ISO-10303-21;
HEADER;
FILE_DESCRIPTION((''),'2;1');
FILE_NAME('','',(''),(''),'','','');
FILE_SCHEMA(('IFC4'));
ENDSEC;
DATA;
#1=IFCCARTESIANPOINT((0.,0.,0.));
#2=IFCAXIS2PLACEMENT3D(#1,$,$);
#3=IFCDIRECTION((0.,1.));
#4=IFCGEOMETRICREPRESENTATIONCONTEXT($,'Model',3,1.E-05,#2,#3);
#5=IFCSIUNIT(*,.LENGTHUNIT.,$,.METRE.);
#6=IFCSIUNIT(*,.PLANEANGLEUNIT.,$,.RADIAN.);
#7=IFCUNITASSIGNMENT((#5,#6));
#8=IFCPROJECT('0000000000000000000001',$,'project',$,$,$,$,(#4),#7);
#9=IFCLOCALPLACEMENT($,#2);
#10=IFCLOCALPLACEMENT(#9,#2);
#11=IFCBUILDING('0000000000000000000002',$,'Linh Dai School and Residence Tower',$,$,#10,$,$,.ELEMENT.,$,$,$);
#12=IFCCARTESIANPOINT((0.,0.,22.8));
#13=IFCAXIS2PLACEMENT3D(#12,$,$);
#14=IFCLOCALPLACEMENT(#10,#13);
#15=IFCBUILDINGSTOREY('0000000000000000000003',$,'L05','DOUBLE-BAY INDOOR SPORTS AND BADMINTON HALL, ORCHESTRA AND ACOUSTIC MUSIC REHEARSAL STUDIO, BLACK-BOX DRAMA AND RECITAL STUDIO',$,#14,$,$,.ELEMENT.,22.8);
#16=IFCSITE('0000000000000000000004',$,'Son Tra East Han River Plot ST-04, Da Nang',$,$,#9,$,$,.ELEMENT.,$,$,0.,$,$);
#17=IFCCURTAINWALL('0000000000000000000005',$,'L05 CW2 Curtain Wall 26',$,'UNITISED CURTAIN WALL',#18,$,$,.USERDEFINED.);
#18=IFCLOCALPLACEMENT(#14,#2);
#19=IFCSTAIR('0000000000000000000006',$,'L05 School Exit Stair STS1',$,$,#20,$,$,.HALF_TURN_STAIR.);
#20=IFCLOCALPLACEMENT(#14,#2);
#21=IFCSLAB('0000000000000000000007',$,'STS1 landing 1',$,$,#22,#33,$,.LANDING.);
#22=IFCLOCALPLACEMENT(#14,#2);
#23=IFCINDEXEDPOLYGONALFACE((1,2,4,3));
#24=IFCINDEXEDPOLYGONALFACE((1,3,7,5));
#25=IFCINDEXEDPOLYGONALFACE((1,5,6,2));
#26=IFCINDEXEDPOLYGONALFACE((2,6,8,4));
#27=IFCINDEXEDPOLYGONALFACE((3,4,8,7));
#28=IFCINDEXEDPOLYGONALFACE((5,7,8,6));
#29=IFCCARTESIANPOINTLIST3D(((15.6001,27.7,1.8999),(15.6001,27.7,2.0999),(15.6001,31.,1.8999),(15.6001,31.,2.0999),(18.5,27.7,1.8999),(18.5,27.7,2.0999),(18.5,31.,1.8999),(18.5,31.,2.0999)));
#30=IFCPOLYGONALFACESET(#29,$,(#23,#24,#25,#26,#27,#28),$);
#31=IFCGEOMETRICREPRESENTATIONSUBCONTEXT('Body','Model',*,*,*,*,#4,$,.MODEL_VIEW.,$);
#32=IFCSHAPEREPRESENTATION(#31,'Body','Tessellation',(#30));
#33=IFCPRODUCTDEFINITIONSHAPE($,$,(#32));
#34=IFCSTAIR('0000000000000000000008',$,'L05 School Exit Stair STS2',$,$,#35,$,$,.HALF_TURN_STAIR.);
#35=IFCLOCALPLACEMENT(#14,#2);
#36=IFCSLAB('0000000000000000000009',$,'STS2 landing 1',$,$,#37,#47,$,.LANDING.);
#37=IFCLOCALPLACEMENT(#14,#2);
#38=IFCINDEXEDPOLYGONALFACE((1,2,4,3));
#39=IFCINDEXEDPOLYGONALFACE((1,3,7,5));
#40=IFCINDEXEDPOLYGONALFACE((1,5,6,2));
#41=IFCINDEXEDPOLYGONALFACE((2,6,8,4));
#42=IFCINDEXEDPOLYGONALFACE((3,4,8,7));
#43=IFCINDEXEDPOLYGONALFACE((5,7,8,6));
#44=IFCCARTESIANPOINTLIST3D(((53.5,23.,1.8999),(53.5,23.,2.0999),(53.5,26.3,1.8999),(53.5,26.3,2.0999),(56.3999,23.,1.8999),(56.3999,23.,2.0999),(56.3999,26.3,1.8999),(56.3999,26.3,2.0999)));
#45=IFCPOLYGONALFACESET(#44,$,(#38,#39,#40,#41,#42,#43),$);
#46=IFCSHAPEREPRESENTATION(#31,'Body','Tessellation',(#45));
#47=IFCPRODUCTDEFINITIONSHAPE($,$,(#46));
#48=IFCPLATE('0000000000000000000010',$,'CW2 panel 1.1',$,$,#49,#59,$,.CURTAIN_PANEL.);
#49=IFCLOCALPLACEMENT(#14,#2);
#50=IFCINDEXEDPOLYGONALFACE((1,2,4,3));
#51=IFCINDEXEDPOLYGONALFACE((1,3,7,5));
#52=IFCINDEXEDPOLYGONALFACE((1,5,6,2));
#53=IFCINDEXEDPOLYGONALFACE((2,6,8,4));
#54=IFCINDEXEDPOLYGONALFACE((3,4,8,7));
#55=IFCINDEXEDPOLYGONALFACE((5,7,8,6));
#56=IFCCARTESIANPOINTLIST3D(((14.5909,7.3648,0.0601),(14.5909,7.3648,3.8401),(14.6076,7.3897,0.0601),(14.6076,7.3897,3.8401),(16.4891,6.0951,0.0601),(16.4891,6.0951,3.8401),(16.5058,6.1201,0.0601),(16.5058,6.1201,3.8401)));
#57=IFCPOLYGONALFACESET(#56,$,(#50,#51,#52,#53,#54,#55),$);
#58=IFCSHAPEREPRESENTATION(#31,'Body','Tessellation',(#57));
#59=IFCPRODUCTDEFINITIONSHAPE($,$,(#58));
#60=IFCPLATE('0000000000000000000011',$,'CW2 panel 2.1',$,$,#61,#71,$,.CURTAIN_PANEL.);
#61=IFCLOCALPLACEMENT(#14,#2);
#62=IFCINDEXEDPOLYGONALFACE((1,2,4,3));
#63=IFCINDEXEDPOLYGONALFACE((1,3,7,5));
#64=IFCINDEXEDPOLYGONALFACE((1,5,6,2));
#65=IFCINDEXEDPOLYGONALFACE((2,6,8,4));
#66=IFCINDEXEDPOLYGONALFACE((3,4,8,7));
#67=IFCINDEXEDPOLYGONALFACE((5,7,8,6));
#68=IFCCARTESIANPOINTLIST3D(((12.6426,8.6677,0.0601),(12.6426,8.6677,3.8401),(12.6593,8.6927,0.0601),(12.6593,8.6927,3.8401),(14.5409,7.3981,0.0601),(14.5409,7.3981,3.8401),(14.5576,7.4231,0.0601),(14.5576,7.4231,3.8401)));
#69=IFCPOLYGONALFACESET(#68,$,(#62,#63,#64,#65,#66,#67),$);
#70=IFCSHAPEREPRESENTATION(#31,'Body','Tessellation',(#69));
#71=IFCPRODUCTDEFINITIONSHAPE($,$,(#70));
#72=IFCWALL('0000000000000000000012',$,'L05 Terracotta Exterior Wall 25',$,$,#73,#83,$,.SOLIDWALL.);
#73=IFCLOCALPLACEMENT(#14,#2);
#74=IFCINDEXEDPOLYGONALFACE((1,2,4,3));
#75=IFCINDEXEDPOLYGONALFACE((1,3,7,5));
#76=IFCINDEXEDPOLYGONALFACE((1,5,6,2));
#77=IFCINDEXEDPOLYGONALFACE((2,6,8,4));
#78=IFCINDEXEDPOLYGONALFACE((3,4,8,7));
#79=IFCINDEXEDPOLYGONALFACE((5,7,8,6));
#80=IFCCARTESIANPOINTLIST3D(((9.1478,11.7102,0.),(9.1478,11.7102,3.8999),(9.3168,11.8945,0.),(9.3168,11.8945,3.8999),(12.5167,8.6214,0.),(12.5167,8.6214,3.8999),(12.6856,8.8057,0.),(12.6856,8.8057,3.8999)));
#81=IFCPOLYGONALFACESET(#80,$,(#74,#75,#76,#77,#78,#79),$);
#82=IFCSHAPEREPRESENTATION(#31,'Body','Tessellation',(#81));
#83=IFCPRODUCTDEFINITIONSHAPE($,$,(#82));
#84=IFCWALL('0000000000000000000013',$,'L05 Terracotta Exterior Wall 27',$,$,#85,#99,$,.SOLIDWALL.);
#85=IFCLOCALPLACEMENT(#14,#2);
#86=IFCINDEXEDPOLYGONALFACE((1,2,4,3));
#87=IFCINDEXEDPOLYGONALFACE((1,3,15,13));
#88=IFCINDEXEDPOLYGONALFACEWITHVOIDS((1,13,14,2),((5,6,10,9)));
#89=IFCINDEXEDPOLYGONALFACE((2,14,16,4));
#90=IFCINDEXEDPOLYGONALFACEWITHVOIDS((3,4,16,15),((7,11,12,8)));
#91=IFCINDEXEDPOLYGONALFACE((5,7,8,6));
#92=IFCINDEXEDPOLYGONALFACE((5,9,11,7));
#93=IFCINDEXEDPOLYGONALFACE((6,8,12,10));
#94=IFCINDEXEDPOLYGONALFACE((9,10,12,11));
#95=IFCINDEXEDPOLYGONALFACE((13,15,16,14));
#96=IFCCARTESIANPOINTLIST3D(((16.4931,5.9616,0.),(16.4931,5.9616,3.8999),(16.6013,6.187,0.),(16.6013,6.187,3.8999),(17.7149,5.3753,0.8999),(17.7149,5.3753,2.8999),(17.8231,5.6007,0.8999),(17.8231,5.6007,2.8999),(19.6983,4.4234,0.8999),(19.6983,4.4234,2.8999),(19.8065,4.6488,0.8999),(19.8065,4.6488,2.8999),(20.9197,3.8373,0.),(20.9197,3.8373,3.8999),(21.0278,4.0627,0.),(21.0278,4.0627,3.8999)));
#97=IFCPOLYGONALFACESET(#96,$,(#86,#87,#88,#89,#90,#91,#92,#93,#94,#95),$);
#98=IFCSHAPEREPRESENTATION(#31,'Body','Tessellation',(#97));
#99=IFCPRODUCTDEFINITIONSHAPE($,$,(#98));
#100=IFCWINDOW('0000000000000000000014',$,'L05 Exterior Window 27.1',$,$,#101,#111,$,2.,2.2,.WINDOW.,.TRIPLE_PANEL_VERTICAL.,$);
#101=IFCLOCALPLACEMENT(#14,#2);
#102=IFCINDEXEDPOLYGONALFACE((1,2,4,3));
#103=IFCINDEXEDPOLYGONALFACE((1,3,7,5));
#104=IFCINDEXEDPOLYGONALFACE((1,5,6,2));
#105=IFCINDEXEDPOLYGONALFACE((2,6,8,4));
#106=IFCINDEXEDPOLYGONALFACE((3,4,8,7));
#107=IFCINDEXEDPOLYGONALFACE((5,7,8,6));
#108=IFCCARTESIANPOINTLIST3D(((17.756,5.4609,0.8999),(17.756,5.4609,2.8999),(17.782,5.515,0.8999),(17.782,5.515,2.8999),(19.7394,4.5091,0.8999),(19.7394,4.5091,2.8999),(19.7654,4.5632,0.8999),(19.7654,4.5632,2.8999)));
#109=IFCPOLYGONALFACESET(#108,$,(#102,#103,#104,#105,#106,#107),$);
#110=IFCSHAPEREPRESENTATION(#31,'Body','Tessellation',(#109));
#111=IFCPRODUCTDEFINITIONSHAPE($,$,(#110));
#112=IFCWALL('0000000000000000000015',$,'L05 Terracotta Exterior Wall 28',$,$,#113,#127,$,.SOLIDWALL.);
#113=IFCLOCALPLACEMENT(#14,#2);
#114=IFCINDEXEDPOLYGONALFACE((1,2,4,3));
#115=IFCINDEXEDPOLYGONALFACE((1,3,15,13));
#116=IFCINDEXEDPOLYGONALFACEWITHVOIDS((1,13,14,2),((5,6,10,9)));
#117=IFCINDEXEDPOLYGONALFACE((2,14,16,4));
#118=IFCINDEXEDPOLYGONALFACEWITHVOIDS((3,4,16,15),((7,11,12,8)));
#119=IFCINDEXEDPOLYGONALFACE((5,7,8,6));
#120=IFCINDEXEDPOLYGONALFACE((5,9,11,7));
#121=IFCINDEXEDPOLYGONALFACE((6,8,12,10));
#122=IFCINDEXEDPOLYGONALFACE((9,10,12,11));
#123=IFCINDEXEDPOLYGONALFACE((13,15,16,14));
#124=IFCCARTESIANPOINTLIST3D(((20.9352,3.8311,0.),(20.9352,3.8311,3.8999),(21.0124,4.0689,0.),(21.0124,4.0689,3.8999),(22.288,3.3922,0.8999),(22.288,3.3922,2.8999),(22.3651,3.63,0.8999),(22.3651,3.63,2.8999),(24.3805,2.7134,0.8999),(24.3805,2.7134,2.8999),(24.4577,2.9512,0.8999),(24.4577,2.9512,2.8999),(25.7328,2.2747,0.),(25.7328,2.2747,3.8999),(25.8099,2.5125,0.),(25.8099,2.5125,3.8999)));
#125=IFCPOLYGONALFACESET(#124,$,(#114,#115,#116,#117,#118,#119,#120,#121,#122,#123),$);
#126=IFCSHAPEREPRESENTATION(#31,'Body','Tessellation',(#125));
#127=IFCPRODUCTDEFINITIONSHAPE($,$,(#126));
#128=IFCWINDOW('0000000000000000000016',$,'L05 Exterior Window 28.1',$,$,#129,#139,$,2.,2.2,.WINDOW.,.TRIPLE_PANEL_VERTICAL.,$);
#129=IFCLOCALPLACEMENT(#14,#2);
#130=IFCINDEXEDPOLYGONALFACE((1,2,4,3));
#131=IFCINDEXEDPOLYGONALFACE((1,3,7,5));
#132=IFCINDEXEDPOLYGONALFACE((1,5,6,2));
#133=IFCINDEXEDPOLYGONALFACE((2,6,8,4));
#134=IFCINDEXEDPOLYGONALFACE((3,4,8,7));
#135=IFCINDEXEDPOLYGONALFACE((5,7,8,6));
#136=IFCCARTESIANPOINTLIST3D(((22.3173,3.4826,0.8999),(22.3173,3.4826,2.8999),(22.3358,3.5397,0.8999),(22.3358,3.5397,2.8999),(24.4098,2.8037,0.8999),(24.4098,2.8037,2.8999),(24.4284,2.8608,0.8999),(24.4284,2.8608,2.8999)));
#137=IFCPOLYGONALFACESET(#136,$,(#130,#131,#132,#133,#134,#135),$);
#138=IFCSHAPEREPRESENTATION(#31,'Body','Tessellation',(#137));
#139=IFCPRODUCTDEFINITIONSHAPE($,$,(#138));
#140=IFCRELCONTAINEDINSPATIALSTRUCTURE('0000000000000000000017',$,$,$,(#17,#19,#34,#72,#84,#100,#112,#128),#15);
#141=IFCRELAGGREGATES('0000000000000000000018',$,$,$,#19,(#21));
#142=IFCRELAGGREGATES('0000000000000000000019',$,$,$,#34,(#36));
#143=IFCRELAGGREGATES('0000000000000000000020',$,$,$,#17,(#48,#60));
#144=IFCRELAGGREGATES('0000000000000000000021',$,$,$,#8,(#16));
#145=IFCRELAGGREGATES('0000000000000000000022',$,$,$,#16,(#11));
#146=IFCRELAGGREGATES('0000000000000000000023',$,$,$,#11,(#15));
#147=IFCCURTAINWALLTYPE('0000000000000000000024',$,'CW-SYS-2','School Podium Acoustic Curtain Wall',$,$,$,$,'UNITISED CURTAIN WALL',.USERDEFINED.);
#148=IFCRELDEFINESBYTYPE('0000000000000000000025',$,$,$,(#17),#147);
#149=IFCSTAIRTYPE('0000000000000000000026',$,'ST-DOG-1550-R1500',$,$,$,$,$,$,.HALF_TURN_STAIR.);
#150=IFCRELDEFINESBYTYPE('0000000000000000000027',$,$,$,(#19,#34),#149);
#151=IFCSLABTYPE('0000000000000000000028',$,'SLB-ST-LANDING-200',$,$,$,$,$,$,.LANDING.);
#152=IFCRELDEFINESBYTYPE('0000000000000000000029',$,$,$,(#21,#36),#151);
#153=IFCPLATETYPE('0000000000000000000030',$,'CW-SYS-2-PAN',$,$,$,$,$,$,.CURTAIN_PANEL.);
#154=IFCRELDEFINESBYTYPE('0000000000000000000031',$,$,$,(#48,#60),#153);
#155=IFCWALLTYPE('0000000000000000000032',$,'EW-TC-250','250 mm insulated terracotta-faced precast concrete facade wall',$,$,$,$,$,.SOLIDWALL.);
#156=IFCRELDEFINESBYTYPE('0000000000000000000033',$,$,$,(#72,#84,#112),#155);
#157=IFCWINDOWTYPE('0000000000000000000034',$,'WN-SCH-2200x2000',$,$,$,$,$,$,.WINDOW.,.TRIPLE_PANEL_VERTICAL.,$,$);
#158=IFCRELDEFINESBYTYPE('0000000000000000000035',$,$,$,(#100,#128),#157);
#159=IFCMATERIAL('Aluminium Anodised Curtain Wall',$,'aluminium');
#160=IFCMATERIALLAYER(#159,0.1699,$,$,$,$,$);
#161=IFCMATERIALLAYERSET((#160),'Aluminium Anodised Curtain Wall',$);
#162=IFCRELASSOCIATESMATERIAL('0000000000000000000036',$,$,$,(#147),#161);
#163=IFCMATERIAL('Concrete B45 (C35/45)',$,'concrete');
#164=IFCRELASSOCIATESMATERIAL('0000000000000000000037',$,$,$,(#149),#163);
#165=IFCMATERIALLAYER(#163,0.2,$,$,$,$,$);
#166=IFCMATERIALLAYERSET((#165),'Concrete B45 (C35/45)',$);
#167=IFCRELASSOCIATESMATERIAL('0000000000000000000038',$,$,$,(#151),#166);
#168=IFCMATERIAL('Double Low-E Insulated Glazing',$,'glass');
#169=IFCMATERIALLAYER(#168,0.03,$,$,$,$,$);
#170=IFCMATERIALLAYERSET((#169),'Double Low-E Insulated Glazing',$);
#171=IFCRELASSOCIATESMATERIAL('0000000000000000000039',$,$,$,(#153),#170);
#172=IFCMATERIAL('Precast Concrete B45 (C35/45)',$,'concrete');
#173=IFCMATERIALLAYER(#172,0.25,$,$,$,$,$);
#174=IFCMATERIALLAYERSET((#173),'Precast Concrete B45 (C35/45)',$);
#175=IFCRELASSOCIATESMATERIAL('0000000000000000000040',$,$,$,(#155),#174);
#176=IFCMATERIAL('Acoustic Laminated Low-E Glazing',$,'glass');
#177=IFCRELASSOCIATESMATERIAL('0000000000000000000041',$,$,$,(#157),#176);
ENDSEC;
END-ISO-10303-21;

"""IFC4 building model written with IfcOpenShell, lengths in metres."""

from ifc_helpers import new_model, si_unit, direction, frame, frame_2d, origin, origin_2d, place, context, subcontext, project, spatial, polyline, rectangle, outline, extrude, source, transform, mapped, material, layer, layer_set, type_object, element, fill, aggregate, save


model = new_model("IFC4")

# Units and contexts
model_context = context("Model", 3, precision=1e-05, world=origin(), true_north=direction((0.0, 1.0)))
body_context = subcontext(model_context, "Body", "Model", "MODEL_VIEW")
ifc_project = project(units=[si_unit("LENGTHUNIT", "METRE"), si_unit("PLANEANGLEUNIT", "RADIAN")], contexts=[model_context])

# Site, building, storey
site_placement = place(None, origin())
site = spatial("IfcSite", under=ifc_project, at=site_placement, Name="Son Tra East Han River Plot ST-04, Da Nang", CompositionType="ELEMENT", RefElevation=0.0)
building_placement = place(site_placement, origin())
building = spatial("IfcBuilding", under=site, at=building_placement, Name="Linh Dai School and Residence Tower", CompositionType="ELEMENT")
storey_placement = place(building_placement, frame((0.0, 0.0, 22.8)))
storey = spatial("IfcBuildingStorey", under=building, at=storey_placement, Name="L05", Description="DOUBLE-BAY INDOOR SPORTS AND BADMINTON HALL, ORCHESTRA AND ACOUSTIC MUSIC REHEARSAL STUDIO, BLACK-BOX DRAMA AND RECITAL STUDIO", CompositionType="ELEMENT", Elevation=22.8)

# Curtain wall
ifc_material_1 = material(Name="Aluminium Anodised Curtain Wall", Category="aluminium")
ifc_layer_1 = layer(ifc_material_1, 0.1699)
ifc_layer_set_1 = layer_set([ifc_layer_1], Name="Aluminium Anodised Curtain Wall")
curtain_wall_type = type_object("IfcCurtainWallType", Name="CW-SYS-2", Description="School Podium Acoustic Curtain Wall", ElementType="UNITISED CURTAIN WALL", PredefinedType="USERDEFINED", material=ifc_layer_set_1)
curtain_wall_placement = place(storey_placement, origin())
curtain_wall = element("IfcCurtainWall", 1, at=curtain_wall_placement, inside=storey, type_object=curtain_wall_type, Name="L05 CW2 Curtain Wall 26", ObjectType="UNITISED CURTAIN WALL", PredefinedType="USERDEFINED")

# Shared definitions
ifc_material_2 = material(Name="Concrete B45 (C35/45)", Category="concrete")

# Stairs, slabs
stair_type = type_object("IfcStairType", Name="ST-DOG-1550-R1500", PredefinedType="HALF_TURN_STAIR", material=ifc_material_2)
ifc_layer_2 = layer(ifc_material_2, 0.2)
ifc_layer_set_2 = layer_set([ifc_layer_2], Name="Concrete B45 (C35/45)")
slab_type_1 = type_object("IfcSlabType", Name="SLB-ST-LANDING-200", PredefinedType="LANDING", material=ifc_layer_set_2)
stair_1_placement = place(storey_placement, origin())
stair_1 = element("IfcStair", 2, at=stair_1_placement, inside=storey, type_object=stair_type, Name="L05 School Exit Stair STS1", PredefinedType="HALF_TURN_STAIR")
slab_1_placement = place(storey_placement, frame((0.0, 0.0, 1.8999)))
slab_1 = element("IfcSlab", 3, at=slab_1_placement, type_object=slab_type_1, Name="STS1 landing 1", PredefinedType="LANDING", context=body_context, shape_type="SweptSolid", body=[
    extrude(outline(polyline([(18.5, 31.0), (15.6001, 31.0), (15.6001, 27.7), (18.5, 27.7), (18.5, 31.0)])), origin(), (0.0, 0.0, 1.0), 0.2),
])
aggregate(stair_1, [slab_1])
stair_2_placement = place(storey_placement, origin())
stair_2 = element("IfcStair", 4, at=stair_2_placement, inside=storey, type_object=stair_type, Name="L05 School Exit Stair STS2", PredefinedType="HALF_TURN_STAIR")
slab_2_placement = place(storey_placement, frame((0.0, 0.0, 1.8999)))
slab_2 = element("IfcSlab", 5, at=slab_2_placement, type_object=slab_type_1, Name="STS2 landing 1", PredefinedType="LANDING", context=body_context, shape_type="SweptSolid", body=[
    extrude(outline(polyline([(53.5, 23.0), (56.3999, 23.0), (56.3999, 26.3), (53.5, 26.3), (53.5, 23.0)])), origin(), (0.0, 0.0, 1.0), 0.2),
])
aggregate(stair_2, [slab_2])

# Plates
ifc_material_3 = material(Name="Double Low-E Insulated Glazing", Category="glass")
ifc_layer_3 = layer(ifc_material_3, 0.03)
ifc_layer_set_3 = layer_set([ifc_layer_3], Name="Double Low-E Insulated Glazing")
plate_type = type_object("IfcPlateType", Name="CW-SYS-2-PAN", PredefinedType="CURTAIN_PANEL", material=ifc_layer_set_3)
shared_shape_1 = source(origin(), body_context, "Body", "SweptSolid", [
    extrude(rectangle(XDim=2.2837, YDim=0.03, at=origin_2d()), origin(), (0.0, 0.0, 1.0), 3.78),
])
plate_1_placement = place(storey_placement, frame((15.5483, 6.7424, 0.0601), z_axis=(0.0, 0.0, 1.0), x_axis=(-0.831211, 0.555957, 0.0)))
plate_1 = element("IfcPlate", 6, at=plate_1_placement, type_object=plate_type, Name="CW2 panel 1.1", PredefinedType="CURTAIN_PANEL", context=body_context, shape_type="MappedRepresentation", body=[
    mapped(shared_shape_1, transform((0.0, 0.0, 0.0), x_axis=(1.0, 0.0, 0.0), y_axis=(0.0, 1.0, 0.0), z_axis=(0.0, 0.0, 1.0), scale=1.0)),
])
plate_2_placement = place(storey_placement, frame((13.6001, 8.0454, 0.0601), z_axis=(0.0, 0.0, 1.0), x_axis=(-0.831211, 0.555957, 0.0)))
plate_2 = element("IfcPlate", 7, at=plate_2_placement, type_object=plate_type, Name="CW2 panel 2.1", PredefinedType="CURTAIN_PANEL", context=body_context, shape_type="MappedRepresentation", body=[
    mapped(shared_shape_1, transform((0.0, 0.0, 0.0), x_axis=(1.0, 0.0, 0.0), y_axis=(0.0, 1.0, 0.0), z_axis=(0.0, 0.0, 1.0), scale=1.0)),
])
aggregate(curtain_wall, [plate_1, plate_2])

# Wall
ifc_material_4 = material(Name="Precast Concrete B45 (C35/45)", Category="concrete")
ifc_layer_4 = layer(ifc_material_4, 0.25)
ifc_layer_set_4 = layer_set([ifc_layer_4], Name="Precast Concrete B45 (C35/45)")
wall_type = type_object("IfcWallType", Name="EW-TC-250", Description="250 mm insulated terracotta-faced precast concrete facade wall", PredefinedType="SOLIDWALL", material=ifc_layer_set_4)
wall_1_placement = place(storey_placement, frame((12.6011, 8.7136, 0.0), z_axis=(0.0, 0.0, 1.0), x_axis=(-0.737077, 0.675809, 0.0)))
element("IfcWall", 8, at=wall_1_placement, inside=storey, type_object=wall_type, Name="L05 Terracotta Exterior Wall 25", PredefinedType="SOLIDWALL", context=body_context, shape_type="SweptSolid", body=[
    extrude(rectangle(XDim=4.5706, YDim=0.25, at=frame_2d((2.2852, 0.0))), origin(), (0.0, 0.0, 1.0), 3.8999),
])

# Walls, openings, windows
wall_2_placement = place(storey_placement, frame((20.9739, 3.95, 0.0), z_axis=(0.0, 0.0, 1.0), x_axis=(-0.90156, 0.432655, 0.0)))
wall_2 = element("IfcWall", 9, at=wall_2_placement, inside=storey, type_object=wall_type, Name="L05 Terracotta Exterior Wall 27", PredefinedType="SOLIDWALL", context=body_context, shape_type="SweptSolid", body=[
    extrude(rectangle(XDim=4.9099, YDim=0.25, at=frame_2d((2.4551, 0.0))), origin(), (0.0, 0.0, 1.0), 3.8999),
])
opening_1_placement = place(wall_2_placement, frame((1.3547, 0.0, 0.8999)))
opening_1 = element("IfcOpeningElement", 10, at=opening_1_placement, cuts=wall_2, PredefinedType="OPENING", context=body_context, shape_type="SweptSolid", body=[
    extrude(rectangle(XDim=2.2, YDim=2.0, at=origin_2d()), frame((1.1001, 0.135, 1.0), z_axis=(0.0, -1.0, 0.0), x_axis=(1.0, 0.0, 0.0)), (0.0, 0.0, 1.0), 0.27),
])
ifc_material_5 = material(Name="Acoustic Laminated Low-E Glazing", Category="glass")
window_type = type_object("IfcWindowType", Name="WN-SCH-2200x2000", PartitioningType="TRIPLE_PANEL_VERTICAL", PredefinedType="WINDOW", material=ifc_material_5)
shared_shape_2 = source(origin(), body_context, "Body", "SweptSolid", [
    extrude(rectangle(XDim=2.2, YDim=2.0, at=origin_2d()), frame((1.1001, 0.03, 1.0), z_axis=(0.0, -1.0, 0.0), x_axis=(1.0, 0.0, 0.0)), (0.0, 0.0, 1.0), 0.0601),
])
window_1_placement = place(opening_1_placement, origin())
window_1 = element("IfcWindow", 11, at=window_1_placement, inside=storey, type_object=window_type, Name="L05 Exterior Window 27.1", OverallHeight=2.0, OverallWidth=2.2, PartitioningType="TRIPLE_PANEL_VERTICAL", PredefinedType="WINDOW", context=body_context, shape_type="MappedRepresentation", body=[
    mapped(shared_shape_2, transform((0.0, 0.0, 0.0), x_axis=(1.0, 0.0, 0.0), y_axis=(0.0, 1.0, 0.0), z_axis=(0.0, 0.0, 1.0), scale=1.0)),
])
fill(opening_1, window_1)
wall_3_placement = place(storey_placement, frame((25.7715, 2.3936, 0.0), z_axis=(0.0, 0.0, 1.0), x_axis=(-0.951199, 0.308579, 0.0)))
wall_3 = element("IfcWall", 12, at=wall_3_placement, inside=storey, type_object=wall_type, Name="L05 Terracotta Exterior Wall 28", PredefinedType="SOLIDWALL", context=body_context, shape_type="SweptSolid", body=[
    extrude(rectangle(XDim=5.0437, YDim=0.25, at=frame_2d((2.522, 0.0))), origin(), (0.0, 0.0, 1.0), 3.8999),
])
opening_2_placement = place(wall_3_placement, frame((1.4216, 0.0, 0.8999)))
opening_2 = element("IfcOpeningElement", 13, at=opening_2_placement, cuts=wall_3, PredefinedType="OPENING", context=body_context, shape_type="SweptSolid", body=[
    extrude(rectangle(XDim=2.2, YDim=2.0, at=origin_2d()), frame((1.1001, 0.135, 1.0), z_axis=(0.0, -1.0, 0.0), x_axis=(1.0, 0.0, 0.0)), (0.0, 0.0, 1.0), 0.27),
])
window_2_placement = place(opening_2_placement, origin())
window_2 = element("IfcWindow", 14, at=window_2_placement, inside=storey, type_object=window_type, Name="L05 Exterior Window 28.1", OverallHeight=2.0, OverallWidth=2.2, PartitioningType="TRIPLE_PANEL_VERTICAL", PredefinedType="WINDOW", context=body_context, shape_type="MappedRepresentation", body=[
    mapped(shared_shape_2, transform((0.0, 0.0, 0.0), x_axis=(1.0, 0.0, 0.0), y_axis=(0.0, 1.0, 0.0), z_axis=(0.0, 0.0, 1.0), scale=1.0)),
])
fill(opening_2, window_2)

save(model, "model.ifc")
